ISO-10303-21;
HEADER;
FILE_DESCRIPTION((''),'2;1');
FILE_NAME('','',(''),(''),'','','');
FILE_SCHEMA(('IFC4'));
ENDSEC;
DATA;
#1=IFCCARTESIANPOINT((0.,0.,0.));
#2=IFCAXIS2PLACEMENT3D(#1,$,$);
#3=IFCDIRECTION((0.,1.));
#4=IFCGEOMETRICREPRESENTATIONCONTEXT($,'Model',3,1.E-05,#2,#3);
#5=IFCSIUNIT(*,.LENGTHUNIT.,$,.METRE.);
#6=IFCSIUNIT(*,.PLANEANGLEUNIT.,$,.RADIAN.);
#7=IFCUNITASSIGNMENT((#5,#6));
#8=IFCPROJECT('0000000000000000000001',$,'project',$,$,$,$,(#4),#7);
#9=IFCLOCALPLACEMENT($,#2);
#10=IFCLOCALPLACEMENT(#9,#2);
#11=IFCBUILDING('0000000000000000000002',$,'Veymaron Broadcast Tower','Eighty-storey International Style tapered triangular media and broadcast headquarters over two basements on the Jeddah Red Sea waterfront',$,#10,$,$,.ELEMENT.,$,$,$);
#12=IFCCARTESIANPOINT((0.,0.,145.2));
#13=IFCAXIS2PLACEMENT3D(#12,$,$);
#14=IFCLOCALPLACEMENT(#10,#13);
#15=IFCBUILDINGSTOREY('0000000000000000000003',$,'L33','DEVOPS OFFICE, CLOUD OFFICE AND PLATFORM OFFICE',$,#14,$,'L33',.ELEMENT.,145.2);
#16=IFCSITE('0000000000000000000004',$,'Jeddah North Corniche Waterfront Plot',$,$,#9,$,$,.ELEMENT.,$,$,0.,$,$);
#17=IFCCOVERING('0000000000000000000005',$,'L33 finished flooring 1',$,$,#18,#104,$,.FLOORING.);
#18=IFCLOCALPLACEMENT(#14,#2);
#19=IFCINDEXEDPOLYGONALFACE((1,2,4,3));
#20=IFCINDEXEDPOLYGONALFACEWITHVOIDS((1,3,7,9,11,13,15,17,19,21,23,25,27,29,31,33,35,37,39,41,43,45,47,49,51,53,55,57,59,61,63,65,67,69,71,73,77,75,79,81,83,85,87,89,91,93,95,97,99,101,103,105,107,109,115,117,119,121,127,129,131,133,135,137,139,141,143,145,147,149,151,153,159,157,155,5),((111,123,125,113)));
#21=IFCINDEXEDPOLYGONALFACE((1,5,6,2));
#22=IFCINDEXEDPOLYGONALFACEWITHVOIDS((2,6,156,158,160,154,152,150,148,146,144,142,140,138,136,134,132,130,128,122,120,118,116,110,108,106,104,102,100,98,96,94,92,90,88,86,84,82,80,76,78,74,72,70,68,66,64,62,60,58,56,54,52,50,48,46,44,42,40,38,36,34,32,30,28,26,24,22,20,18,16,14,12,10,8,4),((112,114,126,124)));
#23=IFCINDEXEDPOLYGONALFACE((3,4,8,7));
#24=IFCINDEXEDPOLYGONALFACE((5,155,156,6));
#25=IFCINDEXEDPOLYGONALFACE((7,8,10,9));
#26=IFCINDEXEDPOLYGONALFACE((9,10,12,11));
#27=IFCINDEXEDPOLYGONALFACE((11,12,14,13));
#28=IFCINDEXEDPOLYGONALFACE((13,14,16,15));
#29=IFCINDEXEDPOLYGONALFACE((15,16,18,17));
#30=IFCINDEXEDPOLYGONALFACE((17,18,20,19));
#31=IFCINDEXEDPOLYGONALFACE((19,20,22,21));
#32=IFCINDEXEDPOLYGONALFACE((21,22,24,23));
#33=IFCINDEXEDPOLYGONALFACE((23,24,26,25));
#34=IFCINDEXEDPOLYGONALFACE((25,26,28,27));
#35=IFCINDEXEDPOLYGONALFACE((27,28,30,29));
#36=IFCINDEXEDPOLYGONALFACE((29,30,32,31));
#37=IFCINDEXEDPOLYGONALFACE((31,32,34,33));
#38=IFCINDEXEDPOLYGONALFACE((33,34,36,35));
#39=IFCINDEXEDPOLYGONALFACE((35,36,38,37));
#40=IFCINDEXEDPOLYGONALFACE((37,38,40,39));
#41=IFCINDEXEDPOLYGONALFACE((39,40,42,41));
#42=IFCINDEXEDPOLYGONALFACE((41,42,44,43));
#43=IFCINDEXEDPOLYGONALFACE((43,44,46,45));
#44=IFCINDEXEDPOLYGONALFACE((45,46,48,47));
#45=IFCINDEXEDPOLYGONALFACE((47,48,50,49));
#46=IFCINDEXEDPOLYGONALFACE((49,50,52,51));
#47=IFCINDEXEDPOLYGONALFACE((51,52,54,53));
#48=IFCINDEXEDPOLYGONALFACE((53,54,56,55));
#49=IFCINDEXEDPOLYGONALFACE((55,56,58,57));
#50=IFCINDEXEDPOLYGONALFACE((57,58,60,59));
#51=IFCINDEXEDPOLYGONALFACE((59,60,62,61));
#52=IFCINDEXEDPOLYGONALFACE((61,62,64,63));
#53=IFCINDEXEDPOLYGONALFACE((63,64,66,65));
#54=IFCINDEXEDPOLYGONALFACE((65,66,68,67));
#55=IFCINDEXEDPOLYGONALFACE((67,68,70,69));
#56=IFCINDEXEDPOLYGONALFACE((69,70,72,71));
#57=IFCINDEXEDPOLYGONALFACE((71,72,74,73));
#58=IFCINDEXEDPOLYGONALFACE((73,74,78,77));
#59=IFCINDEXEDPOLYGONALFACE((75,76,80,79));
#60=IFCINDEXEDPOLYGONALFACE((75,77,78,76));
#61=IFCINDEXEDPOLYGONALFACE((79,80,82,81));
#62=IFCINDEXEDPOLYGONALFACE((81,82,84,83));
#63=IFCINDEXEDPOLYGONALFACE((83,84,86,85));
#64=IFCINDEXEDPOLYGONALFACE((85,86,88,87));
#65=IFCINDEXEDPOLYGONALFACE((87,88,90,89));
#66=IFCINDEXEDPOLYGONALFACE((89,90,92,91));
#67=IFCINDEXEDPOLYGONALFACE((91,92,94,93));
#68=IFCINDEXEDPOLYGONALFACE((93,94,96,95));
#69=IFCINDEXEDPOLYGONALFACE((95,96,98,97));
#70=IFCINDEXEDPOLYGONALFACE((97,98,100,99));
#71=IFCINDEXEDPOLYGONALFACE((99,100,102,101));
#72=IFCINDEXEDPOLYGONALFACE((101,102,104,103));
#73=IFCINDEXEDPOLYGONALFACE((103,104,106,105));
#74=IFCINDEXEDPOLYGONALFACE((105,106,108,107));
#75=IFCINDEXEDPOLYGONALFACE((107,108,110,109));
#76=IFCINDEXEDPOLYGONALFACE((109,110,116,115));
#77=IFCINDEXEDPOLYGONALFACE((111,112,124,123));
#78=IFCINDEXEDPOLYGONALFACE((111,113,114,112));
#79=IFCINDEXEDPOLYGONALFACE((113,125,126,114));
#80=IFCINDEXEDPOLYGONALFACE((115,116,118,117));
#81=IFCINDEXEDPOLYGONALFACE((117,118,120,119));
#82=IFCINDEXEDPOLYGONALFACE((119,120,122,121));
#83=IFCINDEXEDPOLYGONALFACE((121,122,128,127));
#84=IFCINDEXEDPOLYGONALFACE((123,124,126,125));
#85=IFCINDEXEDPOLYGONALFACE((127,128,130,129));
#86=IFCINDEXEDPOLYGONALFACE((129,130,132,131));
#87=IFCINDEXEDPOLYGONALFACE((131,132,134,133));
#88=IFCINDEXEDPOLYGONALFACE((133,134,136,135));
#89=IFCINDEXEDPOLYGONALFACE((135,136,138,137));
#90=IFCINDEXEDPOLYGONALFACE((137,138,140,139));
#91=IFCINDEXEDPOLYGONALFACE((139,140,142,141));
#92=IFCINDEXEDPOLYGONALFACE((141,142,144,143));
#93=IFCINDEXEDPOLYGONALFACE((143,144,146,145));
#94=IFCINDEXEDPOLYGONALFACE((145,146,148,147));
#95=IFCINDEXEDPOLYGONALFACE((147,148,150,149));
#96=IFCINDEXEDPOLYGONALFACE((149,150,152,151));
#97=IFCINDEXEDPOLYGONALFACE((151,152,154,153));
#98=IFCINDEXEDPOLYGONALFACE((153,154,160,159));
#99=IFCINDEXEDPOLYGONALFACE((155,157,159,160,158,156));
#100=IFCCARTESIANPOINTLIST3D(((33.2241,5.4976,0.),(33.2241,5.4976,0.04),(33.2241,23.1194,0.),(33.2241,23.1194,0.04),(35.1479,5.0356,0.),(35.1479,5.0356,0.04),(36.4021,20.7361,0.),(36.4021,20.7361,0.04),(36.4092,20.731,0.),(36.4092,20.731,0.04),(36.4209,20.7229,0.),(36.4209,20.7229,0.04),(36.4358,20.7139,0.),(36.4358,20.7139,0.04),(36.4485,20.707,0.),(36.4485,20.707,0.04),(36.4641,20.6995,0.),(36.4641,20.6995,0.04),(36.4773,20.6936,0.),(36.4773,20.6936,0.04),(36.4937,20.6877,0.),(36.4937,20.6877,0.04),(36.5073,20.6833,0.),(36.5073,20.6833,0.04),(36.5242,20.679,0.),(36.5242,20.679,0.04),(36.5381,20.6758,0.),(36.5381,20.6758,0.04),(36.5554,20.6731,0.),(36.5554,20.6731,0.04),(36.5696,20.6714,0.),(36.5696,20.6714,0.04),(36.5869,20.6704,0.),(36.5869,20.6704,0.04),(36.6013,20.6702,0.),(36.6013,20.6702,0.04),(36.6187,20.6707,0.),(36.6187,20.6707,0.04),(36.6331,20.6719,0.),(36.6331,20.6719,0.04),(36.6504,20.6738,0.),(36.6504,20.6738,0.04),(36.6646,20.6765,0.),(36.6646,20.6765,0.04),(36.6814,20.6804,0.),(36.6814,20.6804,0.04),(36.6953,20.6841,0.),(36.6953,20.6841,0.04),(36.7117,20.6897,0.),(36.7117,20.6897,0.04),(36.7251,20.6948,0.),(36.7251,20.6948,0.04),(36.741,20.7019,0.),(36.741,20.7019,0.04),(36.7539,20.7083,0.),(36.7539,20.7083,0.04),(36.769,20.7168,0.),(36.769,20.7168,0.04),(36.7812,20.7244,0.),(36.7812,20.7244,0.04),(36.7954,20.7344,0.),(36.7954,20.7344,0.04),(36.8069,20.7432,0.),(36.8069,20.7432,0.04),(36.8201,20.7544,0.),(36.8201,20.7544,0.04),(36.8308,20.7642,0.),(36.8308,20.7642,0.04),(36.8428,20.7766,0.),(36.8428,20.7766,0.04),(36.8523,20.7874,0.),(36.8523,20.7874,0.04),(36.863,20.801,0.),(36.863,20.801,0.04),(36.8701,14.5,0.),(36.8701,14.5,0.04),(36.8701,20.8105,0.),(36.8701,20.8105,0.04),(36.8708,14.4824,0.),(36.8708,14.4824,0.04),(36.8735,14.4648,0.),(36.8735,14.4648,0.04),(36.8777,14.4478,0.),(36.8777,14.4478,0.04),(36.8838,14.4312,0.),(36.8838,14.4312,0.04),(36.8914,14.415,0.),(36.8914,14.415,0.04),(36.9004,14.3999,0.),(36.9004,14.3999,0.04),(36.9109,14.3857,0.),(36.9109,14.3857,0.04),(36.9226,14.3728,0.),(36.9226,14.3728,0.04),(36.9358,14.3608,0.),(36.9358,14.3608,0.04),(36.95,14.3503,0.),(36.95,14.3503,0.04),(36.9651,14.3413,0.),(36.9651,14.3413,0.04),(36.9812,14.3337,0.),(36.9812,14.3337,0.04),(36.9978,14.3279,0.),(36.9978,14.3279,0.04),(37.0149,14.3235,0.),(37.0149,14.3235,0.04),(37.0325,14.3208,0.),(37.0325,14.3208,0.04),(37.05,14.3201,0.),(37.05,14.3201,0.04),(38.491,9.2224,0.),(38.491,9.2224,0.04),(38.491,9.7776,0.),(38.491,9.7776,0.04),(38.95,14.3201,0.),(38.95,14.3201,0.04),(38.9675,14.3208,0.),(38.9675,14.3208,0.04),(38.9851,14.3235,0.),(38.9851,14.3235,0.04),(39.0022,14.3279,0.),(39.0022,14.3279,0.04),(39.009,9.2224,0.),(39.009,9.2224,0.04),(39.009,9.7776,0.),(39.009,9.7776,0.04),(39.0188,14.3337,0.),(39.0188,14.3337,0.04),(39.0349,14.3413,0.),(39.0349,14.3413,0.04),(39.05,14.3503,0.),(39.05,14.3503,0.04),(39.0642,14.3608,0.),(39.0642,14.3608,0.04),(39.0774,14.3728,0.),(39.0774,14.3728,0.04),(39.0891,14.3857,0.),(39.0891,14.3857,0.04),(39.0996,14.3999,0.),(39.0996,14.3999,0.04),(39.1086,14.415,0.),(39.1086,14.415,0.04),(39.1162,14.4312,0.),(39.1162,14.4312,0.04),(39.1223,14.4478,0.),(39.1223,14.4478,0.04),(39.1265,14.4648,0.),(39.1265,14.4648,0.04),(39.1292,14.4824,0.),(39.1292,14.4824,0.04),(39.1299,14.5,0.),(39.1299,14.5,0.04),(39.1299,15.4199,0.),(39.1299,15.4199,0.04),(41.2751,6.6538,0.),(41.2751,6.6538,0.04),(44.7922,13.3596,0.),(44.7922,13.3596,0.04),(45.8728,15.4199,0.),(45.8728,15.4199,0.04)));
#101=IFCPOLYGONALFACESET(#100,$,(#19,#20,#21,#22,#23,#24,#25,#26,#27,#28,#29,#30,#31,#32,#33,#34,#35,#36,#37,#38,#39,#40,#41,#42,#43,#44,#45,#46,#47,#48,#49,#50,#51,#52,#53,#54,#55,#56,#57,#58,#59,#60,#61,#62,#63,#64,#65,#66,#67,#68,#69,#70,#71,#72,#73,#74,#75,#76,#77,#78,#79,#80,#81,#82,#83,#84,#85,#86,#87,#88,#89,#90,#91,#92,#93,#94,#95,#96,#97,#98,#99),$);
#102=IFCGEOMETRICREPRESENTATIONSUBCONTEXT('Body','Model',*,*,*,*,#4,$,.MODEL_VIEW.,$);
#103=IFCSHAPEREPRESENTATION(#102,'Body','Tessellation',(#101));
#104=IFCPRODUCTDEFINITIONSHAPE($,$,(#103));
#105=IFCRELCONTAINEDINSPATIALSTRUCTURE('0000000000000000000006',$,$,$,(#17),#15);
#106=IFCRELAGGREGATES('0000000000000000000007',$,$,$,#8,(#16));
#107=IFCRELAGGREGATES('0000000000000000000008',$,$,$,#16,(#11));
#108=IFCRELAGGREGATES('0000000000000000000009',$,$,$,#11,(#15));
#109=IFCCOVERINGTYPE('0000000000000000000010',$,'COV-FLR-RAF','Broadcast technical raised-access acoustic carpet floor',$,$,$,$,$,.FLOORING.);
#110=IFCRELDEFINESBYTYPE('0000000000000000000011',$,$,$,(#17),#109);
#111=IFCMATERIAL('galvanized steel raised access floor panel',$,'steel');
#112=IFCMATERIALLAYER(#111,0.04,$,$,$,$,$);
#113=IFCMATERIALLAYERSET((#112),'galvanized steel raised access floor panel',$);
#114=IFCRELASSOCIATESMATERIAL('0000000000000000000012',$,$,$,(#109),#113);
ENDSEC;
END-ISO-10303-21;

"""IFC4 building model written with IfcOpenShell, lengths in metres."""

from ifc_helpers import new_model, si_unit, direction, frame, origin, place, context, subcontext, project, spatial, polyline, outline, extrude, material, layer, layer_set, type_object, element, save


model = new_model("IFC4")

# Units and contexts
model_context = context("Model", 3, precision=1e-05, world=origin(), true_north=direction((0.0, 1.0)))
body_context = subcontext(model_context, "Body", "Model", "MODEL_VIEW")
ifc_project = project(units=[si_unit("LENGTHUNIT", "METRE"), si_unit("PLANEANGLEUNIT", "RADIAN")], contexts=[model_context])

# Site, building, storey
site_placement = place(None, origin())
site = spatial("IfcSite", under=ifc_project, at=site_placement, Name="Jeddah North Corniche Waterfront Plot", CompositionType="ELEMENT", RefElevation=0.0)
building_placement = place(site_placement, origin())
building = spatial("IfcBuilding", under=site, at=building_placement, Name="Veymaron Broadcast Tower", Description="Eighty-storey International Style tapered triangular media and broadcast headquarters over two basements on the Jeddah Red Sea waterfront", CompositionType="ELEMENT")
storey_placement = place(building_placement, frame((0.0, 0.0, 145.2)))
storey = spatial("IfcBuildingStorey", under=building, at=storey_placement, Name="L33", Description="DEVOPS OFFICE, CLOUD OFFICE AND PLATFORM OFFICE", LongName="L33", CompositionType="ELEMENT", Elevation=145.2)

# Covering
ifc_material_1 = material(Name="galvanized steel raised access floor panel", Category="steel")
ifc_layer_1 = layer(ifc_material_1, 0.04)
ifc_layer_set_1 = layer_set([ifc_layer_1], Name="galvanized steel raised access floor panel")
covering_type_1 = type_object("IfcCoveringType", Name="COV-FLR-RAF", Description="Broadcast technical raised-access acoustic carpet floor", PredefinedType="FLOORING", material=ifc_layer_set_1)
covering_1_placement = place(storey_placement, origin())
element("IfcCovering", 1, at=covering_1_placement, inside=storey, type_object=covering_type_1, Name="L33 finished flooring 1", PredefinedType="FLOORING", context=body_context, shape_type="SweptSolid", body=[
    extrude(outline(polyline([(36.5869, 20.6704), (36.6013, 20.6702), (36.6187, 20.6707), (36.6331, 20.6719), (36.6504, 20.6738), (36.6646, 20.6765), (36.6814, 20.6804), (36.6953, 20.6841), (36.7117, 20.6897), (36.7251, 20.6948), (36.741, 20.7019), (36.7539, 20.7083), (36.769, 20.7168), (36.7812, 20.7244), (36.7954, 20.7344), (36.8069, 20.7432), (36.8201, 20.7544), (36.8308, 20.7642), (36.8428, 20.7766), (36.8523, 20.7874), (36.863, 20.801), (36.8701, 20.8105), (36.8701, 14.5), (36.8708, 14.4824), (36.8735, 14.4648), (36.8777, 14.4478), (36.8838, 14.4312), (36.8914, 14.415), (36.9004, 14.3999), (36.9109, 14.3857), (36.9226, 14.3728), (36.9358, 14.3608), (36.95, 14.3503), (36.9651, 14.3413), (36.9812, 14.3337), (36.9978, 14.3279), (37.0149, 14.3235), (37.0325, 14.3208), (37.05, 14.3201), (38.95, 14.3201), (38.9675, 14.3208), (38.9851, 14.3235), (39.0022, 14.3279), (39.0188, 14.3337), (39.0349, 14.3413), (39.05, 14.3503), (39.0642, 14.3608), (39.0774, 14.3728), (39.0891, 14.3857), (39.0996, 14.3999), (39.1086, 14.415), (39.1162, 14.4312), (39.1223, 14.4478), (39.1265, 14.4648), (39.1292, 14.4824), (39.1299, 14.5), (39.1299, 15.4199), (45.8728, 15.4199), (44.7922, 13.3596), (41.2751, 6.6538), (35.1479, 5.0356), (33.2241, 5.4976), (33.2241, 23.1194), (36.4021, 20.7361), (36.4092, 20.731), (36.4209, 20.7229), (36.4358, 20.7139), (36.4485, 20.707), (36.4641, 20.6995), (36.4773, 20.6936), (36.4937, 20.6877), (36.5073, 20.6833), (36.5242, 20.679), (36.5381, 20.6758), (36.5554, 20.6731), (36.5696, 20.6714), (36.5869, 20.6704)]), holes=[polyline([(39.009, 9.7776), (38.491, 9.7776), (38.491, 9.2224), (39.009, 9.2224), (39.009, 9.7776)])]), origin(), (0.0, 0.0, 1.0), 0.04),
])

save(model, "model.ifc")
